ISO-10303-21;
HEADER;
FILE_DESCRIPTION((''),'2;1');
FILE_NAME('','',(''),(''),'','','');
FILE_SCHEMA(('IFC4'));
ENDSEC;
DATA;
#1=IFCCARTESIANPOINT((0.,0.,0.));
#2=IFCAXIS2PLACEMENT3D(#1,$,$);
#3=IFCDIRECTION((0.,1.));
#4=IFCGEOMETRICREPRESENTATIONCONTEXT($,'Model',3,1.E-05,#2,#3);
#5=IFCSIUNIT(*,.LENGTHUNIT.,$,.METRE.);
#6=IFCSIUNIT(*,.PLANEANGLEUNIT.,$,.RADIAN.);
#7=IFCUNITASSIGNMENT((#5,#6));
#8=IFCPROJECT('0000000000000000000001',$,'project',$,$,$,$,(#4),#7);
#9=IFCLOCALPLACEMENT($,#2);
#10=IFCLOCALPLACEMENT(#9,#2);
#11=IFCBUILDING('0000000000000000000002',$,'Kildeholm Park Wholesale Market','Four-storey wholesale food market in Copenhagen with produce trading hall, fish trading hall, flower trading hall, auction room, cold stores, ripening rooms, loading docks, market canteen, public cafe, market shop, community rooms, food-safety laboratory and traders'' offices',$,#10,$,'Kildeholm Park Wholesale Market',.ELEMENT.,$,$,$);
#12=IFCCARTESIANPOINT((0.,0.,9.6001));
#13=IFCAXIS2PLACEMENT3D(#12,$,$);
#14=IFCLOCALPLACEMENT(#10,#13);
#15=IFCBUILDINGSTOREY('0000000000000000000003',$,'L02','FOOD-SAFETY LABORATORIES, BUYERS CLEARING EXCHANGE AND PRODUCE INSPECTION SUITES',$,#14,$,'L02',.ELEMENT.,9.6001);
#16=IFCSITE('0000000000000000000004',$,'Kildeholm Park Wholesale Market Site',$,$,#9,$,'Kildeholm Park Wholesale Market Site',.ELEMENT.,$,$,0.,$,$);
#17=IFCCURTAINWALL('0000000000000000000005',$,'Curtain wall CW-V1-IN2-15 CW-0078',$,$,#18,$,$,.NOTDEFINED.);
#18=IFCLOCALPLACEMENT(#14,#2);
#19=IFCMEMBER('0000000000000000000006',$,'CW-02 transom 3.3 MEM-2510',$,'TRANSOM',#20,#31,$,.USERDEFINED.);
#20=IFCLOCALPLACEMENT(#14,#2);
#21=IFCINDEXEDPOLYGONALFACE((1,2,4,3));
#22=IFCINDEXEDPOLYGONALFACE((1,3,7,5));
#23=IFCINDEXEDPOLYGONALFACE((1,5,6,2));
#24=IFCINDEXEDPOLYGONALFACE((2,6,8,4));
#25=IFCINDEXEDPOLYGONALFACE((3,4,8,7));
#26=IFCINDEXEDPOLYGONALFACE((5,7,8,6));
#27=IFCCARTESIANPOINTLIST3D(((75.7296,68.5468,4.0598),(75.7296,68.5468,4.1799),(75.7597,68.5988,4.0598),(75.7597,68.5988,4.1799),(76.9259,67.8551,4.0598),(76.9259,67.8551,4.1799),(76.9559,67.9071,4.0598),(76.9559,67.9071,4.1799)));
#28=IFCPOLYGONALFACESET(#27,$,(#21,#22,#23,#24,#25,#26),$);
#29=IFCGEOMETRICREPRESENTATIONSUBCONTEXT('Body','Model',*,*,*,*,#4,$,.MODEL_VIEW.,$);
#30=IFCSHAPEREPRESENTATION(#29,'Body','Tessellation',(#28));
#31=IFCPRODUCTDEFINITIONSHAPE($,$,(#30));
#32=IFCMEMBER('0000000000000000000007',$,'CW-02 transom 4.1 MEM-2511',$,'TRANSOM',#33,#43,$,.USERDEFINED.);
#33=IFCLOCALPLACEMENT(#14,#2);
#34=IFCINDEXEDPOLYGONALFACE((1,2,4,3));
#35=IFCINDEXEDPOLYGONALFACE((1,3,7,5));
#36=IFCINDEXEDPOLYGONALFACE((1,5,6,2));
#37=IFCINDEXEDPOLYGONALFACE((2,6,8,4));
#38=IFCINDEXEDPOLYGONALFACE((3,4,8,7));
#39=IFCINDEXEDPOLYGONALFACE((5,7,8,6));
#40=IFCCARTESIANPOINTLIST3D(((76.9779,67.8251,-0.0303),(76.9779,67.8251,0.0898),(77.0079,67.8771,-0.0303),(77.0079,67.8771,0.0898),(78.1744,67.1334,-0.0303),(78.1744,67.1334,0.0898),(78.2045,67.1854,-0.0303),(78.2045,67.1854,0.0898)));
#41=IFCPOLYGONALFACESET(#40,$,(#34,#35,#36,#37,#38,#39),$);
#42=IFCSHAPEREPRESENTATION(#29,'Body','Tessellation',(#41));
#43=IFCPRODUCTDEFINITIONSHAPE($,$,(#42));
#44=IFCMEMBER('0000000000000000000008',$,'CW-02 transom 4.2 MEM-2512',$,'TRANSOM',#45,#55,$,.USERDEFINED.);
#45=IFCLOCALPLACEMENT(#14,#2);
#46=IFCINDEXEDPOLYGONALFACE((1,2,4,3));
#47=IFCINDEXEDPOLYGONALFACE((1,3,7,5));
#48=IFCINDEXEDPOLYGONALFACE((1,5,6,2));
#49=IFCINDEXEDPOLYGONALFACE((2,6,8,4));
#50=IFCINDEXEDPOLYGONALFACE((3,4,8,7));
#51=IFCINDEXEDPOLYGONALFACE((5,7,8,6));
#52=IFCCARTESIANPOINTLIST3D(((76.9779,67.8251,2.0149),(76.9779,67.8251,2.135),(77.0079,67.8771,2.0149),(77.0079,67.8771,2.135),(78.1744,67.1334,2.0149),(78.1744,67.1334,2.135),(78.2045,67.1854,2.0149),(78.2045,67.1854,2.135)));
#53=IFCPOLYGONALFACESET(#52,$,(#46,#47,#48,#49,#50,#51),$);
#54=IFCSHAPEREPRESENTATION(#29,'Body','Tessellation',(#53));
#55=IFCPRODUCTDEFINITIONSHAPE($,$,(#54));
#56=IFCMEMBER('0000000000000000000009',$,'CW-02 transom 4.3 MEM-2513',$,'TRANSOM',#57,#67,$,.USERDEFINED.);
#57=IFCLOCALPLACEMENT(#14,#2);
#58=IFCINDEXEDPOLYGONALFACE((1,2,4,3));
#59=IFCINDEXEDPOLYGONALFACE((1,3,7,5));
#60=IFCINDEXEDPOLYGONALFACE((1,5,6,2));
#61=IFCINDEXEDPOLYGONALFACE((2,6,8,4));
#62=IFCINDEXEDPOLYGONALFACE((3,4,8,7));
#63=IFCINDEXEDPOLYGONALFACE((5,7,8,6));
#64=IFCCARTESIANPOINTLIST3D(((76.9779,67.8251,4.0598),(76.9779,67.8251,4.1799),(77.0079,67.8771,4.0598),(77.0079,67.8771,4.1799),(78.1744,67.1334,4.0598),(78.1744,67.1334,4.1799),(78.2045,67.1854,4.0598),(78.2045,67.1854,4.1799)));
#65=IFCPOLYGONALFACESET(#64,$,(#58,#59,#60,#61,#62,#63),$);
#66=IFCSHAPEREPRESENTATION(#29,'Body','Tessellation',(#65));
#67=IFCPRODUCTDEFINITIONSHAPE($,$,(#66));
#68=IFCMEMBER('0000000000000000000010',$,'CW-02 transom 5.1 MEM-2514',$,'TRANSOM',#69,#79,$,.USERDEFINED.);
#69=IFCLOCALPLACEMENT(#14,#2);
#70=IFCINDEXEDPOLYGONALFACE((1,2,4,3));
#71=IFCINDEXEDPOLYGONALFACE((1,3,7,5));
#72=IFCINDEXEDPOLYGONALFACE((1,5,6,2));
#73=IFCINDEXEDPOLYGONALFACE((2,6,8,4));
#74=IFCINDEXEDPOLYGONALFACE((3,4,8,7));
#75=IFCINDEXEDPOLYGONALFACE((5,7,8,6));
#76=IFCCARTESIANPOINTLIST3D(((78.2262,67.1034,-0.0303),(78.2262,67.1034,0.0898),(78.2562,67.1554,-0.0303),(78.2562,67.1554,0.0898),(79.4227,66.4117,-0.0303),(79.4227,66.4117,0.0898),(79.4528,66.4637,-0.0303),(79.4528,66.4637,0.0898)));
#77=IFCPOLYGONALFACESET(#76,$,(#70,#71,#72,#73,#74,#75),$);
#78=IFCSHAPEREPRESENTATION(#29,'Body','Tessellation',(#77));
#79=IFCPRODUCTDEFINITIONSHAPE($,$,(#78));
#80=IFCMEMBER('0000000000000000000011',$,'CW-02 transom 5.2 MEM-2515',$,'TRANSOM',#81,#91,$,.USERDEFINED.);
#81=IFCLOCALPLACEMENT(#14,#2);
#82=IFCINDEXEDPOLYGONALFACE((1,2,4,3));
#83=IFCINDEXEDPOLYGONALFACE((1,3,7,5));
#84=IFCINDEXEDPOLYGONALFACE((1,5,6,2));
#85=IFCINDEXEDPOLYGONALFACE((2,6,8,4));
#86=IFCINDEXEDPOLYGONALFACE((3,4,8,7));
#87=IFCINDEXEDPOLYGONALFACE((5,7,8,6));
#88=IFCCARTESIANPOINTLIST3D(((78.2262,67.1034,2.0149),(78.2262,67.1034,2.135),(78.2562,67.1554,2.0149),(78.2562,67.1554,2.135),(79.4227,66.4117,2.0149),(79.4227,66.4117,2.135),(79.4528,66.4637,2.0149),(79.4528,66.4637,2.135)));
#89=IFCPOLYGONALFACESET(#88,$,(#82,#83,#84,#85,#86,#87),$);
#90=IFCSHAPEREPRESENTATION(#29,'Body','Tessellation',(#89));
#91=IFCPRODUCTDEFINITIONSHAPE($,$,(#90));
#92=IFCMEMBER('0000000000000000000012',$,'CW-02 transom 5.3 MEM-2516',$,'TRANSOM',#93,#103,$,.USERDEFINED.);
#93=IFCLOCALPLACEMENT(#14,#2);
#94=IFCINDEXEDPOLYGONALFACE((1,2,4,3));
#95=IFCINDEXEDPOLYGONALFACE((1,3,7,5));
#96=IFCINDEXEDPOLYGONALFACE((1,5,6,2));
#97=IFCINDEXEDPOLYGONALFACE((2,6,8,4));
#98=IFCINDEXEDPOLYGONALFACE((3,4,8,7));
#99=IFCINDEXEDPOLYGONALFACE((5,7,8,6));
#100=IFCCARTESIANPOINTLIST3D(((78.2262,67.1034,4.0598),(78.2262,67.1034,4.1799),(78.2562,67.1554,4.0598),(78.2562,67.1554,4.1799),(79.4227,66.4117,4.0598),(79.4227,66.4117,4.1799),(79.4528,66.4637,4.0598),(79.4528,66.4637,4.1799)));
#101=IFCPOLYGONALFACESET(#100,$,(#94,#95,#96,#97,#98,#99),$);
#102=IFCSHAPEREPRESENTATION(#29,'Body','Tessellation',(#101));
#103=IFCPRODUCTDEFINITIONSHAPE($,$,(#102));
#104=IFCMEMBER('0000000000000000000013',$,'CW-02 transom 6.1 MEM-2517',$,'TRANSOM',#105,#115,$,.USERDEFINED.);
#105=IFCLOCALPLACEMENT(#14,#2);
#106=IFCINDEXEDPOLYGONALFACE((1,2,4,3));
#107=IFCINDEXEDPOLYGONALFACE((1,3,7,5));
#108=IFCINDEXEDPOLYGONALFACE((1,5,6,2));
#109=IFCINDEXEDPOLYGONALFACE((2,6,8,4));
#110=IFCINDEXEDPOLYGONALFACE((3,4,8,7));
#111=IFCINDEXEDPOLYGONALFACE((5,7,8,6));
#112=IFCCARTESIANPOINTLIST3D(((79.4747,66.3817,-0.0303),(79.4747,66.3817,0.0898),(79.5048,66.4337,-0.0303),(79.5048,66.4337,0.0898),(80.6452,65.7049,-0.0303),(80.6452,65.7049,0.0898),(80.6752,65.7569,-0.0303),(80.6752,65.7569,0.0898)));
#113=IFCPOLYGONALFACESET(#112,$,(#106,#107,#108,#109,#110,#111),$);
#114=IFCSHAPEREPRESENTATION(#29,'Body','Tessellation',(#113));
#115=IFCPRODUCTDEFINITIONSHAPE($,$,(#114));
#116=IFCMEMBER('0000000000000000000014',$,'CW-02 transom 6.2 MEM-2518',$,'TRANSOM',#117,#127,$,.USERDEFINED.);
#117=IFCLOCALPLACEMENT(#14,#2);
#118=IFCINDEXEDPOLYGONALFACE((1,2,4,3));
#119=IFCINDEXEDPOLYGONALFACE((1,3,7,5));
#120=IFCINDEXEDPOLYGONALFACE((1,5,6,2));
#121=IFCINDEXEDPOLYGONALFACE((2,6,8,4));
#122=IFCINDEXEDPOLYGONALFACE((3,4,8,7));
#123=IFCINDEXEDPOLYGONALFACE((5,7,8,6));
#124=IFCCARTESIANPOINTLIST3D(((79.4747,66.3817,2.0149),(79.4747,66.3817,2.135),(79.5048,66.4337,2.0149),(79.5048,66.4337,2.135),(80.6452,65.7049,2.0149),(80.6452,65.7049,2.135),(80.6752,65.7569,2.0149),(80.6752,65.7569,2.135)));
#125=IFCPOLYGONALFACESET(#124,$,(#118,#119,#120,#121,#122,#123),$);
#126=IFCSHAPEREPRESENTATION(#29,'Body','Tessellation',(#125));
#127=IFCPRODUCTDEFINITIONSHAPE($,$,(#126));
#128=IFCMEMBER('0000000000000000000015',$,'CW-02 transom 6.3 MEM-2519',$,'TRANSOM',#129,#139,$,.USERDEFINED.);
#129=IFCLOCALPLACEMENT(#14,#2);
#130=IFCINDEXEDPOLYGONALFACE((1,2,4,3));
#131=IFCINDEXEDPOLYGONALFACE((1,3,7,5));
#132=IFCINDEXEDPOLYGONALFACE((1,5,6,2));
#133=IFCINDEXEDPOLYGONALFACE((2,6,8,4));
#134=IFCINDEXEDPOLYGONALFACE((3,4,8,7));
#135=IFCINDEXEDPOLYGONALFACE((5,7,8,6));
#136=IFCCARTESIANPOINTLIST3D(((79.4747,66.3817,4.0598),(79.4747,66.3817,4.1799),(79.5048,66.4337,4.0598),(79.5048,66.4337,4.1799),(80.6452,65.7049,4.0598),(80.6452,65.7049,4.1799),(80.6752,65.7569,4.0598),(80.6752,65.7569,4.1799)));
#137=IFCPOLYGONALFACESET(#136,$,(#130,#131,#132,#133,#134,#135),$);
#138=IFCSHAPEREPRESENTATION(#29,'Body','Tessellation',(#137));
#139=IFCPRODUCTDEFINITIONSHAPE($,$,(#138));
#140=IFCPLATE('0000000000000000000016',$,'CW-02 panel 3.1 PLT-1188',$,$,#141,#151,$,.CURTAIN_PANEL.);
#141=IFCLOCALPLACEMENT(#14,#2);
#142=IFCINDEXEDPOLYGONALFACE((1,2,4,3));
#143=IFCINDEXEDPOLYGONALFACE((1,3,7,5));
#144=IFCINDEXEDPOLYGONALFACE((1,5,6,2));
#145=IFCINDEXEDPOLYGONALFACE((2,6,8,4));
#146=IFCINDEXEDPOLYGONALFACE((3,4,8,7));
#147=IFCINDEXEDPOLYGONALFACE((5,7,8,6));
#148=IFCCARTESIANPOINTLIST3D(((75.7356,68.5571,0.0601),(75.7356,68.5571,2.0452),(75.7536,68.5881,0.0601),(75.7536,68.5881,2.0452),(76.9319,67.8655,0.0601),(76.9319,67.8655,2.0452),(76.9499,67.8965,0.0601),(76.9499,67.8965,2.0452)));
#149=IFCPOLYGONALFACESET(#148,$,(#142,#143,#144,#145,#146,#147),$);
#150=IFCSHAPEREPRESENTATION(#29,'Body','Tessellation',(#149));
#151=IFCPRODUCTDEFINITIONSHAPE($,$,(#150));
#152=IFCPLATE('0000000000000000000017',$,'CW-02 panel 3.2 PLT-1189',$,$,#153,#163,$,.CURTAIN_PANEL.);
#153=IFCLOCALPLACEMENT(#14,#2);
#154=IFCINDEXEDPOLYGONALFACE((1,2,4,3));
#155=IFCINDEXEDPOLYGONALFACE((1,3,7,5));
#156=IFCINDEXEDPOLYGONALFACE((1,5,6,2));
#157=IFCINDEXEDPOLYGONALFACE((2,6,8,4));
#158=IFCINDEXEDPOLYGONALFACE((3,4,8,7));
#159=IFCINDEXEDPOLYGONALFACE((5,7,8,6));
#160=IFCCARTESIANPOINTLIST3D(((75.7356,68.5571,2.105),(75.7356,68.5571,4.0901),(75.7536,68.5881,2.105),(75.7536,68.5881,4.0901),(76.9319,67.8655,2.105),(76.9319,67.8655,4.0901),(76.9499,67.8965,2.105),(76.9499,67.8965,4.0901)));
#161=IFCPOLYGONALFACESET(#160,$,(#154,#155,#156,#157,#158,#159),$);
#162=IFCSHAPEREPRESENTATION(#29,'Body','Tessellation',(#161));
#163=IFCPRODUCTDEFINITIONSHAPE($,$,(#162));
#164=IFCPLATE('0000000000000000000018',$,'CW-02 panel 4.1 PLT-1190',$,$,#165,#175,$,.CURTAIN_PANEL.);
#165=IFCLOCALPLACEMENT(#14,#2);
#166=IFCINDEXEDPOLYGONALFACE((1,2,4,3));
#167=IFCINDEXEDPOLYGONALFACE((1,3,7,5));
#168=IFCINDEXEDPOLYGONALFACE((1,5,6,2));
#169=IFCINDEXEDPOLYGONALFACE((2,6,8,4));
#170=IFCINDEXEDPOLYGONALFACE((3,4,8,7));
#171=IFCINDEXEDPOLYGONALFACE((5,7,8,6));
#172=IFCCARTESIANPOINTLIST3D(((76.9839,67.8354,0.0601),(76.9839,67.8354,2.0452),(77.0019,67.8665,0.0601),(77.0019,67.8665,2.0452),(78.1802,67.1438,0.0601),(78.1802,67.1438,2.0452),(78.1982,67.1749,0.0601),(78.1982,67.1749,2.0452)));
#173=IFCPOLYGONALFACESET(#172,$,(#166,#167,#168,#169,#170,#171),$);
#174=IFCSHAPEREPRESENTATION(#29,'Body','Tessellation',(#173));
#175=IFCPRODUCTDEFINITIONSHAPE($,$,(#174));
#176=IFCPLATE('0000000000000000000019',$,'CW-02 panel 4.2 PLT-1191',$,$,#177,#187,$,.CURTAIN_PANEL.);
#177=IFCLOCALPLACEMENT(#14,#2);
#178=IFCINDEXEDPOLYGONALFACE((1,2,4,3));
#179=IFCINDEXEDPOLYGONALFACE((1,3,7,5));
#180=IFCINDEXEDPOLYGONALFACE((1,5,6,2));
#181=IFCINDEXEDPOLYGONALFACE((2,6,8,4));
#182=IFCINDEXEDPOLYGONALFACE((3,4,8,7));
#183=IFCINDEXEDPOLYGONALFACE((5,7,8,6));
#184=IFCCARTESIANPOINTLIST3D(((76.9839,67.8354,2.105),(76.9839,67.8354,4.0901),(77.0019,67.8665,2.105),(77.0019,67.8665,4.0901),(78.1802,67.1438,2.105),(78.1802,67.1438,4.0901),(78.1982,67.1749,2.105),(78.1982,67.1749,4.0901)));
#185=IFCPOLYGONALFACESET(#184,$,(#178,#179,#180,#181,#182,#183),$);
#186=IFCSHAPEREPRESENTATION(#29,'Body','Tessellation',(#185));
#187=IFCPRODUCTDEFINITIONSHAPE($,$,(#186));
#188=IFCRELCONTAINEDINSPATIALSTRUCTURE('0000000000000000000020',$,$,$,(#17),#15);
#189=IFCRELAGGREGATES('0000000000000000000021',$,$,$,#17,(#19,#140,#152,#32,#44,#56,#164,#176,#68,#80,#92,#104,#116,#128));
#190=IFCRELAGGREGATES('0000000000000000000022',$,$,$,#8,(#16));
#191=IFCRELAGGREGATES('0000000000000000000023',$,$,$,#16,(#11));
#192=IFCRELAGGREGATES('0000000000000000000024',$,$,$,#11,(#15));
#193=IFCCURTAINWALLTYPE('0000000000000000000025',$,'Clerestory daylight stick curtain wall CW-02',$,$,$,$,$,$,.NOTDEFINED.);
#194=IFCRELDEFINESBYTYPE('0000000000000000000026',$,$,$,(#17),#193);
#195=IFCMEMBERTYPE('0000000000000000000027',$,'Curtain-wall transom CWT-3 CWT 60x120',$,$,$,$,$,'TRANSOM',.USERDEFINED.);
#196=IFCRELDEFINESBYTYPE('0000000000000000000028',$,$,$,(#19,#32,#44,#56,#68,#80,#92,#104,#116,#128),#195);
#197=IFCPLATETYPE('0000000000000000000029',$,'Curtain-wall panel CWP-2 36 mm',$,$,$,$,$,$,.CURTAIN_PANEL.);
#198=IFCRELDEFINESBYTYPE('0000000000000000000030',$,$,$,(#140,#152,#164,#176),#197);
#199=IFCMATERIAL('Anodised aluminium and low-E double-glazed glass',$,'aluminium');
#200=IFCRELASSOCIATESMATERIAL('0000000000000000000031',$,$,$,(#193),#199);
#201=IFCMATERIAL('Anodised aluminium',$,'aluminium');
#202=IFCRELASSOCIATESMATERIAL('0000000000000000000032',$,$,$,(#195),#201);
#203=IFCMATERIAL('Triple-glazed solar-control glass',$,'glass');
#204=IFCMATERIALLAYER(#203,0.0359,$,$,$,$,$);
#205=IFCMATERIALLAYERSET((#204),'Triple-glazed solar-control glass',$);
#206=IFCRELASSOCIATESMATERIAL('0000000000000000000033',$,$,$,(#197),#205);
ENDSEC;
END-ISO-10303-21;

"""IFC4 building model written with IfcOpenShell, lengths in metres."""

from ifc_helpers import new_model, si_unit, direction, frame, origin, origin_2d, place, context, subcontext, project, spatial, rectangle, extrude, material, layer, layer_set, material_profile, profile_set, type_object, element, aggregate, save


model = new_model("IFC4")

# Units and contexts
model_context = context("Model", 3, precision=1e-05, world=origin(), true_north=direction((0.0, 1.0)))
body_context = subcontext(model_context, "Body", "Model", "MODEL_VIEW")
ifc_project = project(units=[si_unit("LENGTHUNIT", "METRE"), si_unit("PLANEANGLEUNIT", "RADIAN")], contexts=[model_context])

# Site, building, storey
site_placement = place(None, origin())
site = spatial("IfcSite", under=ifc_project, at=site_placement, Name="Kildeholm Park Wholesale Market Site", LongName="Kildeholm Park Wholesale Market Site", CompositionType="ELEMENT", RefElevation=0.0)
building_placement = place(site_placement, origin())
building = spatial("IfcBuilding", under=site, at=building_placement, Name="Kildeholm Park Wholesale Market", Description="Four-storey wholesale food market in Copenhagen with produce trading hall, fish trading hall, flower trading hall, auction room, cold stores, ripening rooms, loading docks, market canteen, public cafe, market shop, community rooms, food-safety laboratory and traders' offices", LongName="Kildeholm Park Wholesale Market", CompositionType="ELEMENT")
storey_placement = place(building_placement, frame((0.0, 0.0, 9.6001)))
storey = spatial("IfcBuildingStorey", under=building, at=storey_placement, Name="L02", Description="FOOD-SAFETY LABORATORIES, BUYERS CLEARING EXCHANGE AND PRODUCE INSPECTION SUITES", LongName="L02", CompositionType="ELEMENT", Elevation=9.6001)

# Curtain wall, members, plates
ifc_material_1 = material(Name="Anodised aluminium and low-E double-glazed glass", Category="aluminium")
curtain_wall_type = type_object("IfcCurtainWallType", Name="Clerestory daylight stick curtain wall CW-02", PredefinedType="NOTDEFINED", material=ifc_material_1)
curtain_wall_placement = place(storey_placement, origin())
curtain_wall = element("IfcCurtainWall", 1, at=curtain_wall_placement, inside=storey, type_object=curtain_wall_type, Name="Curtain wall CW-V1-IN2-15 CW-0078", PredefinedType="NOTDEFINED")
ifc_material_2 = material(Name="Anodised aluminium", Category="aluminium")
ifc_material_profile_1 = material_profile(ifc_material_2, rectangle(XDim=0.0601, YDim=0.1201, at=origin_2d()), Name="CWT 60x120")
ifc_profile_set_1 = profile_set([ifc_material_profile_1], Name="Anodised aluminium")
member_type_1 = type_object("IfcMemberType", Name="Curtain-wall transom CWT-3 CWT 60x120", ElementType="TRANSOM", PredefinedType="USERDEFINED", material=ifc_profile_set_1)
member_1_placement = place(storey_placement, frame((75.7446, 68.5728, 4.1199), z_axis=(0.86572, -0.500528, 0.0), x_axis=(0.500528, 0.86572, 0.0)))
member_1 = element("IfcMember", 2, at=member_1_placement, type_object=member_type_1, Name="CW-02 transom 3.3 MEM-2510", ObjectType="TRANSOM", PredefinedType="USERDEFINED", context=body_context, shape_type="SweptSolid", body=[
    extrude(rectangle(XDim=0.0601, YDim=0.1201, at=origin_2d()), origin(), (0.0, 0.0, 1.0), 1.3818),
])
member_2_placement = place(storey_placement, frame((76.9929, 67.8511, 0.0298), z_axis=(0.865765, -0.500451, 0.0), x_axis=(0.500451, 0.865765, 0.0)))
member_2 = element("IfcMember", 3, at=member_2_placement, type_object=member_type_1, Name="CW-02 transom 4.1 MEM-2511", ObjectType="TRANSOM", PredefinedType="USERDEFINED", context=body_context, shape_type="SweptSolid", body=[
    extrude(rectangle(XDim=0.0601, YDim=0.1201, at=origin_2d()), origin(), (0.0, 0.0, 1.0), 1.3821),
])
member_3_placement = place(storey_placement, frame((76.9929, 67.8511, 2.075), z_axis=(0.865765, -0.500451, 0.0), x_axis=(0.500451, 0.865765, 0.0)))
member_3 = element("IfcMember", 4, at=member_3_placement, type_object=member_type_1, Name="CW-02 transom 4.2 MEM-2512", ObjectType="TRANSOM", PredefinedType="USERDEFINED", context=body_context, shape_type="SweptSolid", body=[
    extrude(rectangle(XDim=0.0601, YDim=0.1201, at=origin_2d()), origin(), (0.0, 0.0, 1.0), 1.3821),
])
member_4_placement = place(storey_placement, frame((76.9929, 67.8511, 4.1199), z_axis=(0.865765, -0.500451, 0.0), x_axis=(0.500451, 0.865765, 0.0)))
member_4 = element("IfcMember", 5, at=member_4_placement, type_object=member_type_1, Name="CW-02 transom 4.3 MEM-2513", ObjectType="TRANSOM", PredefinedType="USERDEFINED", context=body_context, shape_type="SweptSolid", body=[
    extrude(rectangle(XDim=0.0601, YDim=0.1201, at=origin_2d()), origin(), (0.0, 0.0, 1.0), 1.3821),
])
member_5_placement = place(storey_placement, frame((78.2412, 67.1294, 0.0298), z_axis=(0.865765, -0.500451, 0.0), x_axis=(0.500451, 0.865765, 0.0)))
member_5 = element("IfcMember", 6, at=member_5_placement, type_object=member_type_1, Name="CW-02 transom 5.1 MEM-2514", ObjectType="TRANSOM", PredefinedType="USERDEFINED", context=body_context, shape_type="SweptSolid", body=[
    extrude(rectangle(XDim=0.0601, YDim=0.1201, at=origin_2d()), origin(), (0.0, 0.0, 1.0), 1.3821),
])
member_6_placement = place(storey_placement, frame((78.2412, 67.1294, 2.075), z_axis=(0.865765, -0.500451, 0.0), x_axis=(0.500451, 0.865765, 0.0)))
member_6 = element("IfcMember", 7, at=member_6_placement, type_object=member_type_1, Name="CW-02 transom 5.2 MEM-2515", ObjectType="TRANSOM", PredefinedType="USERDEFINED", context=body_context, shape_type="SweptSolid", body=[
    extrude(rectangle(XDim=0.0601, YDim=0.1201, at=origin_2d()), origin(), (0.0, 0.0, 1.0), 1.3821),
])
member_7_placement = place(storey_placement, frame((78.2412, 67.1294, 4.1199), z_axis=(0.865765, -0.500451, 0.0), x_axis=(0.500451, 0.865765, 0.0)))
member_7 = element("IfcMember", 8, at=member_7_placement, type_object=member_type_1, Name="CW-02 transom 5.3 MEM-2516", ObjectType="TRANSOM", PredefinedType="USERDEFINED", context=body_context, shape_type="SweptSolid", body=[
    extrude(rectangle(XDim=0.0601, YDim=0.1201, at=origin_2d()), origin(), (0.0, 0.0, 1.0), 1.3821),
])
member_8_placement = place(storey_placement, frame((79.4897, 66.4077, 0.0298), z_axis=(0.865698, -0.500566, 0.0), x_axis=(0.500566, 0.865698, 0.0)))
member_8 = element("IfcMember", 9, at=member_8_placement, type_object=member_type_1, Name="CW-02 transom 6.1 MEM-2517", ObjectType="TRANSOM", PredefinedType="USERDEFINED", context=body_context, shape_type="SweptSolid", body=[
    extrude(rectangle(XDim=0.0601, YDim=0.1201, at=origin_2d()), origin(), (0.0, 0.0, 1.0), 1.3521),
])
member_9_placement = place(storey_placement, frame((79.4897, 66.4077, 2.075), z_axis=(0.865698, -0.500566, 0.0), x_axis=(0.500566, 0.865698, 0.0)))
member_9 = element("IfcMember", 10, at=member_9_placement, type_object=member_type_1, Name="CW-02 transom 6.2 MEM-2518", ObjectType="TRANSOM", PredefinedType="USERDEFINED", context=body_context, shape_type="SweptSolid", body=[
    extrude(rectangle(XDim=0.0601, YDim=0.1201, at=origin_2d()), origin(), (0.0, 0.0, 1.0), 1.3521),
])
member_10_placement = place(storey_placement, frame((79.4897, 66.4077, 4.1199), z_axis=(0.865698, -0.500566, 0.0), x_axis=(0.500566, 0.865698, 0.0)))
member_10 = element("IfcMember", 11, at=member_10_placement, type_object=member_type_1, Name="CW-02 transom 6.3 MEM-2519", ObjectType="TRANSOM", PredefinedType="USERDEFINED", context=body_context, shape_type="SweptSolid", body=[
    extrude(rectangle(XDim=0.0601, YDim=0.1201, at=origin_2d()), origin(), (0.0, 0.0, 1.0), 1.3521),
])
ifc_material_3 = material(Name="Triple-glazed solar-control glass", Category="glass")
ifc_layer_1 = layer(ifc_material_3, 0.0359)
ifc_layer_set_1 = layer_set([ifc_layer_1], Name="Triple-glazed solar-control glass")
plate_type = type_object("IfcPlateType", Name="Curtain-wall panel CWP-2 36 mm", PredefinedType="CURTAIN_PANEL", material=ifc_layer_set_1)
plate_1_placement = place(storey_placement, frame((76.3428, 68.2268, 0.0601), z_axis=(0.0, 0.0, 1.0), x_axis=(0.865743, -0.500489, 0.0)))
plate_1 = element("IfcPlate", 12, at=plate_1_placement, type_object=plate_type, Name="CW-02 panel 3.1 PLT-1188", PredefinedType="CURTAIN_PANEL", context=body_context, shape_type="SweptSolid", body=[
    extrude(rectangle(XDim=1.3818, YDim=0.0359, at=origin_2d()), origin(), (0.0, 0.0, 1.0), 1.9851),
])
plate_2_placement = place(storey_placement, frame((76.3428, 68.2268, 2.105), z_axis=(0.0, 0.0, 1.0), x_axis=(0.865743, -0.500489, 0.0)))
plate_2 = element("IfcPlate", 13, at=plate_2_placement, type_object=plate_type, Name="CW-02 panel 3.2 PLT-1189", PredefinedType="CURTAIN_PANEL", context=body_context, shape_type="SweptSolid", body=[
    extrude(rectangle(XDim=1.3818, YDim=0.0359, at=origin_2d()), origin(), (0.0, 0.0, 1.0), 1.9851),
])
plate_3_placement = place(storey_placement, frame((77.5911, 67.5051, 0.0601), z_axis=(0.0, 0.0, 1.0), x_axis=(0.865743, -0.500489, 0.0)))
plate_3 = element("IfcPlate", 14, at=plate_3_placement, type_object=plate_type, Name="CW-02 panel 4.1 PLT-1190", PredefinedType="CURTAIN_PANEL", context=body_context, shape_type="SweptSolid", body=[
    extrude(rectangle(XDim=1.3818, YDim=0.0359, at=origin_2d()), origin(), (0.0, 0.0, 1.0), 1.9851),
])
plate_4_placement = place(storey_placement, frame((77.5911, 67.5051, 2.105), z_axis=(0.0, 0.0, 1.0), x_axis=(0.865743, -0.500489, 0.0)))
plate_4 = element("IfcPlate", 15, at=plate_4_placement, type_object=plate_type, Name="CW-02 panel 4.2 PLT-1191", PredefinedType="CURTAIN_PANEL", context=body_context, shape_type="SweptSolid", body=[
    extrude(rectangle(XDim=1.3818, YDim=0.0359, at=origin_2d()), origin(), (0.0, 0.0, 1.0), 1.9851),
])
aggregate(curtain_wall, [member_1, plate_1, plate_2, member_2, member_3, member_4, plate_3, plate_4, member_5, member_6, member_7, member_8, member_9, member_10])

save(model, "model.ifc")
